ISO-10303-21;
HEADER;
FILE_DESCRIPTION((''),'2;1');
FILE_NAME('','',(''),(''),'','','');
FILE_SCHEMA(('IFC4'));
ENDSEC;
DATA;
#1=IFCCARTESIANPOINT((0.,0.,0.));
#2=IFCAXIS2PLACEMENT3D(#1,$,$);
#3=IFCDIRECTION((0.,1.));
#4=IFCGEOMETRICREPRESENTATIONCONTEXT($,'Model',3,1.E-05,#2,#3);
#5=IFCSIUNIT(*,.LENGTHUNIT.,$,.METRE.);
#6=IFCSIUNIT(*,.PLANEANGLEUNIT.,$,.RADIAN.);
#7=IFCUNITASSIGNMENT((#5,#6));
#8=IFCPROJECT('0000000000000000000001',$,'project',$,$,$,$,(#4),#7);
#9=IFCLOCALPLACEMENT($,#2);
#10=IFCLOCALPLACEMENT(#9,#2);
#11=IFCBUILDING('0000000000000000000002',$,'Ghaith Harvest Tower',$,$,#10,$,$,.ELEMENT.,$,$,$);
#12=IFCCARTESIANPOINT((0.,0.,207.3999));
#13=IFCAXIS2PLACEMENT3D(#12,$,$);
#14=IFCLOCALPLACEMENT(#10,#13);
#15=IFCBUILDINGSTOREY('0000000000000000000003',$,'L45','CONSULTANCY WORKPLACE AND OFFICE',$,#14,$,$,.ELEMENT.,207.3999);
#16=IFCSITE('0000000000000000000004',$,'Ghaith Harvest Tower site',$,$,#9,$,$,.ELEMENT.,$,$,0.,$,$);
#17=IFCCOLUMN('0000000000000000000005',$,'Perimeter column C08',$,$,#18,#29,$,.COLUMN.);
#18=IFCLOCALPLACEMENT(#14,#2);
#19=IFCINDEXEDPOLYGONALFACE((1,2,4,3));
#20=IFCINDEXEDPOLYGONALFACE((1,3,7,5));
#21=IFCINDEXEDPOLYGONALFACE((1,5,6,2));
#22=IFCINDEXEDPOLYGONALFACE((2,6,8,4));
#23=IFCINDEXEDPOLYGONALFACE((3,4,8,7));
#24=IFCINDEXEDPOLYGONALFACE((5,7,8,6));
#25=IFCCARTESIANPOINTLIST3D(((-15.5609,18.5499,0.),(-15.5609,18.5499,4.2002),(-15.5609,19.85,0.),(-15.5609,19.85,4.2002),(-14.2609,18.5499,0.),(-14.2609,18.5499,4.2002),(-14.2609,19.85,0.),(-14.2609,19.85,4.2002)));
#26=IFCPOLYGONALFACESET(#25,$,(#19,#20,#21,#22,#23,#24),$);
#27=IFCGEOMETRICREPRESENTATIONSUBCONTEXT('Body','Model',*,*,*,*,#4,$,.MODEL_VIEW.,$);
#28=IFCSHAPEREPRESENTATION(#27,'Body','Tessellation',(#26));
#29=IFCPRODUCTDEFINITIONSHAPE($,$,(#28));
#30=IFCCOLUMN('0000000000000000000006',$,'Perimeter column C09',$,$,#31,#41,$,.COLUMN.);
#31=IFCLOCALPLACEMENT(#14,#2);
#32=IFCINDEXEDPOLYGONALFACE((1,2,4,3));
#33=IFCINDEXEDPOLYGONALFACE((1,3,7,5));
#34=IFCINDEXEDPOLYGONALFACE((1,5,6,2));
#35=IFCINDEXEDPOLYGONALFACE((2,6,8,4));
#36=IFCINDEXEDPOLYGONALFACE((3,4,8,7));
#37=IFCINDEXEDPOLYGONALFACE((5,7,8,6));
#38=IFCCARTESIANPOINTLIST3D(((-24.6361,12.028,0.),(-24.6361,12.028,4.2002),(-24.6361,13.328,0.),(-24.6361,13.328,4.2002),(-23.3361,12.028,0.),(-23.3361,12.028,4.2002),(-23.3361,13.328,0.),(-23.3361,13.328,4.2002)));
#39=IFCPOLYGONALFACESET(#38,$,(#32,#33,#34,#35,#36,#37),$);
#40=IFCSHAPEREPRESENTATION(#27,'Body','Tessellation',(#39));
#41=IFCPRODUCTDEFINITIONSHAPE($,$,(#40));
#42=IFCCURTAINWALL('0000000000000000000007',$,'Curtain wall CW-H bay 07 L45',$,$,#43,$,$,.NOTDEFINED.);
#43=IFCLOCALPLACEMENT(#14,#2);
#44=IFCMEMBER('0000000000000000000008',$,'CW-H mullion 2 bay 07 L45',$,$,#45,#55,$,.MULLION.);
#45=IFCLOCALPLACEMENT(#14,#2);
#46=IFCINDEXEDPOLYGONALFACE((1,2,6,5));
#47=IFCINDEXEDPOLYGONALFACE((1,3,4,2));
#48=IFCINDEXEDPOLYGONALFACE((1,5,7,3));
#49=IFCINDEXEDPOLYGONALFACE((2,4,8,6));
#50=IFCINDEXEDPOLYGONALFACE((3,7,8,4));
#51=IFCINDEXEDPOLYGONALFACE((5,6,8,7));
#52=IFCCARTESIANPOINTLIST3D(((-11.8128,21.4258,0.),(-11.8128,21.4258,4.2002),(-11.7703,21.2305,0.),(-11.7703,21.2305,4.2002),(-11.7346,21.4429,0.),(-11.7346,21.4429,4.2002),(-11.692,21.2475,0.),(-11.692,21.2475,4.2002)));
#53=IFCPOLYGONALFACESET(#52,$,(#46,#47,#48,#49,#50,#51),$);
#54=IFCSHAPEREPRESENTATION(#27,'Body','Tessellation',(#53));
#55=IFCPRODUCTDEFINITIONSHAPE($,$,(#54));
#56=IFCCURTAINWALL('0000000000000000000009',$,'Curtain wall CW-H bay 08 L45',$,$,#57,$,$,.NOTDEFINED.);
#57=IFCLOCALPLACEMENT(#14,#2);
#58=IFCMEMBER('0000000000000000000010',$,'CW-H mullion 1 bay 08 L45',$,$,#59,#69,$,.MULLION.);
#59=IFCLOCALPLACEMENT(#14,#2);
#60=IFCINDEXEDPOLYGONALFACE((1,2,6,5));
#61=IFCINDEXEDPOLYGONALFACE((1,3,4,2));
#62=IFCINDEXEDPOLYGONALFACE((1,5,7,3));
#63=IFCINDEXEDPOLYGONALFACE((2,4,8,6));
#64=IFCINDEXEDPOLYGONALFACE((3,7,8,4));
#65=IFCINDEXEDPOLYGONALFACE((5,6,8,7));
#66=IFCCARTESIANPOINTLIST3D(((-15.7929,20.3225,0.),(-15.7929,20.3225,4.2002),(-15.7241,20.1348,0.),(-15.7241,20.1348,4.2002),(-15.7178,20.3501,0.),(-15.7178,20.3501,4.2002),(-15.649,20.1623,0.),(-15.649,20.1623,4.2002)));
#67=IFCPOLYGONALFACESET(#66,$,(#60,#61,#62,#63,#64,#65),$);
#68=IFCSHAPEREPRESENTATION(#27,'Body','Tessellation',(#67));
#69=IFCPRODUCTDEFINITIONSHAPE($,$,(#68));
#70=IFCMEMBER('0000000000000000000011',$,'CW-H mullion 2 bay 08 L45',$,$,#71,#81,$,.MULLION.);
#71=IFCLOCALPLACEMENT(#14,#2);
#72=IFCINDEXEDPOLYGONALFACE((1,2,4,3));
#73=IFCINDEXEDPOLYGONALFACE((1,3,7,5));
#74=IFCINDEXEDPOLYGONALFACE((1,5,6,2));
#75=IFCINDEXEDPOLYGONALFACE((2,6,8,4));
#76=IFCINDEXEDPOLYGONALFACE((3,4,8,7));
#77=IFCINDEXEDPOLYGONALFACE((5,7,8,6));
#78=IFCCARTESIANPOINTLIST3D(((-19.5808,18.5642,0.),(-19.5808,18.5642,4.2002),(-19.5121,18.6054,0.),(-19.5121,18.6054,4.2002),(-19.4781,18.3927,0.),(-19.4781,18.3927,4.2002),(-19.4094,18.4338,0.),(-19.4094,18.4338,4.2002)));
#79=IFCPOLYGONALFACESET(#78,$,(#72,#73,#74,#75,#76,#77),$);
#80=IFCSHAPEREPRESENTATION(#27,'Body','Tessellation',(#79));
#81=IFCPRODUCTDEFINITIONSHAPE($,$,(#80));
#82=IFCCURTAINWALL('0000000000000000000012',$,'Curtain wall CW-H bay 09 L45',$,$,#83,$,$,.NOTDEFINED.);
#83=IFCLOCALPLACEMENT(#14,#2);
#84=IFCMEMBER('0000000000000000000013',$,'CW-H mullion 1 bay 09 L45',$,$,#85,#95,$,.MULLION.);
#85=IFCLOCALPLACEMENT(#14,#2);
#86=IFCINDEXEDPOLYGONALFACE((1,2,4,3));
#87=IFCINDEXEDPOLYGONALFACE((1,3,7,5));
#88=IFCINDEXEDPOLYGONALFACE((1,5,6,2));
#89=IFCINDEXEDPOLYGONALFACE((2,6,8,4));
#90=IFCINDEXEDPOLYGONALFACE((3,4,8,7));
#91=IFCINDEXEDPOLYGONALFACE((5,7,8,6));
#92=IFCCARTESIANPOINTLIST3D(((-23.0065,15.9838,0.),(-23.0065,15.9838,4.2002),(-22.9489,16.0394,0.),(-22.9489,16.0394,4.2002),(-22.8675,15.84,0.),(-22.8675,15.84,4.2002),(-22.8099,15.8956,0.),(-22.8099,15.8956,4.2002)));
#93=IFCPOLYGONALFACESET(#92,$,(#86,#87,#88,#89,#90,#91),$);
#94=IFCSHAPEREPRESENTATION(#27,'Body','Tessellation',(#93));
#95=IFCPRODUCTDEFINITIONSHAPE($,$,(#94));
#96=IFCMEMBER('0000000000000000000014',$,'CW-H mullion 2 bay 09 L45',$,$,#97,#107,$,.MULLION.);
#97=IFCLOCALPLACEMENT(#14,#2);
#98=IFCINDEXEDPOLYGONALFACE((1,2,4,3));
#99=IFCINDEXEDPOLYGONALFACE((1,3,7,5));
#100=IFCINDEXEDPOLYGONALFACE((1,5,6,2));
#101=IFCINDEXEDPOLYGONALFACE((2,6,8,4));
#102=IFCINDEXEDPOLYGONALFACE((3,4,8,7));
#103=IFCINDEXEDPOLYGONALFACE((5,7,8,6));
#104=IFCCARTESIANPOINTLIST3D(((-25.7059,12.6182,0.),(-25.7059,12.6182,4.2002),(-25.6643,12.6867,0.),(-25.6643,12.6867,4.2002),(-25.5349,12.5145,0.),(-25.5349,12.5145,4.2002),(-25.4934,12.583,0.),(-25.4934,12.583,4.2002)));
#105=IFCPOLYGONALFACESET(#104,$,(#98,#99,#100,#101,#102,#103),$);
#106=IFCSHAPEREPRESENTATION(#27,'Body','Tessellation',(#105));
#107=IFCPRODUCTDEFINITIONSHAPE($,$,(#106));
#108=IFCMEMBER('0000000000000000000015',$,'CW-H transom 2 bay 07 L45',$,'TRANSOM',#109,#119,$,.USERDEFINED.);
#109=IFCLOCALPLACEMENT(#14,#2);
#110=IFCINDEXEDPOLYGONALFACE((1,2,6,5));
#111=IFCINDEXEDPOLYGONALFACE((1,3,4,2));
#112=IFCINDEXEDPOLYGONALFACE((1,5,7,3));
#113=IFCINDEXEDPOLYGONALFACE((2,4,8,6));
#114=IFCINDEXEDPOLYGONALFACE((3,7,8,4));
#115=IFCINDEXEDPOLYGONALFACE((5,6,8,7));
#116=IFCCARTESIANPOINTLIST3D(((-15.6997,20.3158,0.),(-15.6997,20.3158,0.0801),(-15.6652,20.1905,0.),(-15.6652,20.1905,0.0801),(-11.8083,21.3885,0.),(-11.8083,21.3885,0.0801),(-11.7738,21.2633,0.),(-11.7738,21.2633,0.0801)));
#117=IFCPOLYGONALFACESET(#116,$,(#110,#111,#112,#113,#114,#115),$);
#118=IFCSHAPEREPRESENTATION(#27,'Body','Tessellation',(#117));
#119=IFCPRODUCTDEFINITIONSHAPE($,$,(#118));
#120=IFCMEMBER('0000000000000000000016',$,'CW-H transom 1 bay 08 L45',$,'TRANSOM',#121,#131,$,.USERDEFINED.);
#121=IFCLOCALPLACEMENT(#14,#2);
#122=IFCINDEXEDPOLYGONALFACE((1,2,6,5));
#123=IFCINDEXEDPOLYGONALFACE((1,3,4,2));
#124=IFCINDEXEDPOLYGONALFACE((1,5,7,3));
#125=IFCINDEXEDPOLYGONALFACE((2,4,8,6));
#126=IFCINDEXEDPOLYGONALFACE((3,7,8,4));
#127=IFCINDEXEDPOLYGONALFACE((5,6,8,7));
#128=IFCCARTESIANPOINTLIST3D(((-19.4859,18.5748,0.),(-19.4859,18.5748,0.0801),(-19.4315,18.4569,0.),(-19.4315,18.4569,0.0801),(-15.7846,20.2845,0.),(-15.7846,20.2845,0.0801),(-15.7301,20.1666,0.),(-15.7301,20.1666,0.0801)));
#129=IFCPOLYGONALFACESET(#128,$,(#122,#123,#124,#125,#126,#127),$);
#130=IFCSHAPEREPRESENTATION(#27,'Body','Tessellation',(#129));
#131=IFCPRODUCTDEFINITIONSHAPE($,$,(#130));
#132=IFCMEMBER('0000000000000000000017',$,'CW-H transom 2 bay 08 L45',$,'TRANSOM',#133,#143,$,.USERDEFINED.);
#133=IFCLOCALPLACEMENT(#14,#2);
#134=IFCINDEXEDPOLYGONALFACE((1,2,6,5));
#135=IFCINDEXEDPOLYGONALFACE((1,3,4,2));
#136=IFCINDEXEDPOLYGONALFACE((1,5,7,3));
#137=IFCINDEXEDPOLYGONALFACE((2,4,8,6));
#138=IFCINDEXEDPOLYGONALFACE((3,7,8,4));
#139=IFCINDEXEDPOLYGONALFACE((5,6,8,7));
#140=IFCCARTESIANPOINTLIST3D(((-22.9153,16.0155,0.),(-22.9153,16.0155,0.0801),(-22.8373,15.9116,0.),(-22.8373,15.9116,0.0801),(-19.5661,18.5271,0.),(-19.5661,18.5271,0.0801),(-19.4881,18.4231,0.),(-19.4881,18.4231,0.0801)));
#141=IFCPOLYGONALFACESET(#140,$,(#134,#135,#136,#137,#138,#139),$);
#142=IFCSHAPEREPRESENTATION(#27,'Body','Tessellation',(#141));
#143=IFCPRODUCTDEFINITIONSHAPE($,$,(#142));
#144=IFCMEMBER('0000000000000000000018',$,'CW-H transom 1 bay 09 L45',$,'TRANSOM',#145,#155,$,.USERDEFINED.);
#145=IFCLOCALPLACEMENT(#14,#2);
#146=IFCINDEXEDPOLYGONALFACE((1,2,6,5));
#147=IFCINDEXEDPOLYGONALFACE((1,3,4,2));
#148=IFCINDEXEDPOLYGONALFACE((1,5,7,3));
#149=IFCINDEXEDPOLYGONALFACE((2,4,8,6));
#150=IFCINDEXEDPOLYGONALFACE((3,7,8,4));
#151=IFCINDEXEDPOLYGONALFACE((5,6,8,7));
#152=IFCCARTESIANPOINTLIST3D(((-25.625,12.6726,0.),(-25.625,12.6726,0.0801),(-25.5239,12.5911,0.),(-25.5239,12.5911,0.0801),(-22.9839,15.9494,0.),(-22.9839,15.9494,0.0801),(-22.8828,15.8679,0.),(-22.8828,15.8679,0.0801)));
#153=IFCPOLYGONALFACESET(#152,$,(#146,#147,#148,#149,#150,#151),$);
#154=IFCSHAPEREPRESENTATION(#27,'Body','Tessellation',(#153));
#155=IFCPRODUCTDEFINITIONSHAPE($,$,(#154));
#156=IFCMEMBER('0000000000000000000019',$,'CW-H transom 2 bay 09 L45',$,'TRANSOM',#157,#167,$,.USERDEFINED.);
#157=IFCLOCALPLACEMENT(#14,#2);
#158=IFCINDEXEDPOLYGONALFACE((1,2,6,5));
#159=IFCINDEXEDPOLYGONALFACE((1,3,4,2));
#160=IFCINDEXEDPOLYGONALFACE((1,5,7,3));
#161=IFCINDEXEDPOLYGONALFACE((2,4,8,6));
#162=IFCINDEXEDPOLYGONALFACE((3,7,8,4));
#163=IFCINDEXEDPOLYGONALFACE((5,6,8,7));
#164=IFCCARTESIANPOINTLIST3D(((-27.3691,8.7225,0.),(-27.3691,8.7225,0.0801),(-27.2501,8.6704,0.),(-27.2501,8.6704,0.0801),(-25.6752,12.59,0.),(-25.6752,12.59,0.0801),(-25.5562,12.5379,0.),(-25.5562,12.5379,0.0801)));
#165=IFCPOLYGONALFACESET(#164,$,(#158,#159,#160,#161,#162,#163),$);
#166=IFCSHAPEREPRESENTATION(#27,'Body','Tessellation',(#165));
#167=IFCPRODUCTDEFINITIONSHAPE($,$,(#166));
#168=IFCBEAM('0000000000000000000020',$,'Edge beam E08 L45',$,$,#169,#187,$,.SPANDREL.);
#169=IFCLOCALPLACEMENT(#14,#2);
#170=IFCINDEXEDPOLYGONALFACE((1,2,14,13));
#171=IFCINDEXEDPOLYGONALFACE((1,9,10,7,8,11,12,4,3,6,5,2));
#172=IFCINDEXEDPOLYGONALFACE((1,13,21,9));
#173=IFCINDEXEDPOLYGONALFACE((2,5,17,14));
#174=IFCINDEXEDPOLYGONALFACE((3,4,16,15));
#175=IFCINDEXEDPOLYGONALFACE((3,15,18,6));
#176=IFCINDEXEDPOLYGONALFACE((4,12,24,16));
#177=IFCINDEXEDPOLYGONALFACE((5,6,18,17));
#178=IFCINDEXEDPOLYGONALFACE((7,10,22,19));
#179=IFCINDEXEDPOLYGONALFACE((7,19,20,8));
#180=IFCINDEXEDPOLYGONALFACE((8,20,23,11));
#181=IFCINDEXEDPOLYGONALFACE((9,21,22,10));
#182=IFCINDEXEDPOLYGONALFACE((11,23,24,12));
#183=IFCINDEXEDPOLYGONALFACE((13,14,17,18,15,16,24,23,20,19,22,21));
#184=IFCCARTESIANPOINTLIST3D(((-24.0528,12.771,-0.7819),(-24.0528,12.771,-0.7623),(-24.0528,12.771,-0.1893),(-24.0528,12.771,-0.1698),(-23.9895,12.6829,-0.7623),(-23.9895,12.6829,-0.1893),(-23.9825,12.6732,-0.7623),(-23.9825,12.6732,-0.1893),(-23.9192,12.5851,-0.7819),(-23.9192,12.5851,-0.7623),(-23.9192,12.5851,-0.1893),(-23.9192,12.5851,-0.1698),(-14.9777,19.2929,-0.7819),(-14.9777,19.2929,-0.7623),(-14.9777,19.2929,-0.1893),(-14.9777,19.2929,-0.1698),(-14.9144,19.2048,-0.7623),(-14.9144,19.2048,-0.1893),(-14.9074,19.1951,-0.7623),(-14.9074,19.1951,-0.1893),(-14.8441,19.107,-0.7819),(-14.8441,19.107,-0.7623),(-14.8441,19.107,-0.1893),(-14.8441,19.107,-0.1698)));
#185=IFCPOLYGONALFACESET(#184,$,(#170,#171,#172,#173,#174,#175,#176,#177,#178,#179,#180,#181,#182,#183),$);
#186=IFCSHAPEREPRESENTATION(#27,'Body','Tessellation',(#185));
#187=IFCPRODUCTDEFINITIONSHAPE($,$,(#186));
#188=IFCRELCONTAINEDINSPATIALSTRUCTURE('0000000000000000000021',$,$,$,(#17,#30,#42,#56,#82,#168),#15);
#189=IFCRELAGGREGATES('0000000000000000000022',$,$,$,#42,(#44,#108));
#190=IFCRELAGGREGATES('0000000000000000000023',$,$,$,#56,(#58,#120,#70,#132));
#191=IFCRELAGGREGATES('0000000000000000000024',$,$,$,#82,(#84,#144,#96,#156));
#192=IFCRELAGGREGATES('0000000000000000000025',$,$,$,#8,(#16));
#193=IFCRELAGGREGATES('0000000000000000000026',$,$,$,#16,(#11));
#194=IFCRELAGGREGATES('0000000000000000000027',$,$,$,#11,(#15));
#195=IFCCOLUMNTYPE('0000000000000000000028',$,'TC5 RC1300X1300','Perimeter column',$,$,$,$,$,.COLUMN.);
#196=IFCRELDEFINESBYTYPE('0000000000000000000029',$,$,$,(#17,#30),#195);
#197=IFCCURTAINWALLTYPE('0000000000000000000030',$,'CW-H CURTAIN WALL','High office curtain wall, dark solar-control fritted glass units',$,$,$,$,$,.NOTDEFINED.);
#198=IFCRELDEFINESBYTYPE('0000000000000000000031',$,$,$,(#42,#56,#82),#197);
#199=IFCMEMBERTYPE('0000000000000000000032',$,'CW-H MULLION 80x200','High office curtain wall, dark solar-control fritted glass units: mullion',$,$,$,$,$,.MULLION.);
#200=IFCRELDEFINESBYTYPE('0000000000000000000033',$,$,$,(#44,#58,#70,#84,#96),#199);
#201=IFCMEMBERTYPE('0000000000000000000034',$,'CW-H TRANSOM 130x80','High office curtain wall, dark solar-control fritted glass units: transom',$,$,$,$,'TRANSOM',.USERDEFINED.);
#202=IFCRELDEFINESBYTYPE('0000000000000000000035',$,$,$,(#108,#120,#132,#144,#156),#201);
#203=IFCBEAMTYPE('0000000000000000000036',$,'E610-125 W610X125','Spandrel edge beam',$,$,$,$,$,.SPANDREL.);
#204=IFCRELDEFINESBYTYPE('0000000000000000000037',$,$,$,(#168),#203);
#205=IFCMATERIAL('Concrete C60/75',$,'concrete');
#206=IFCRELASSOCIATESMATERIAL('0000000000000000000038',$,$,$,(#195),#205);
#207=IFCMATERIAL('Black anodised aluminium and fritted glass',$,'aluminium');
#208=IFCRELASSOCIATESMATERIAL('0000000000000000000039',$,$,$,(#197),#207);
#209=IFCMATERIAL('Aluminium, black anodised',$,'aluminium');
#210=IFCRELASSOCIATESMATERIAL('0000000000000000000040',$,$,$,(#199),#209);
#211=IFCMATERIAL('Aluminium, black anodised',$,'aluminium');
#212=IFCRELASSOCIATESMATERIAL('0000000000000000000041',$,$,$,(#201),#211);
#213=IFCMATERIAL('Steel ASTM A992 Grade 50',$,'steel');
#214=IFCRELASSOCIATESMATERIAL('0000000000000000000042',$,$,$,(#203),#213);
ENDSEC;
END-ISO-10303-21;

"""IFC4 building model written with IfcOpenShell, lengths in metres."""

from ifc_helpers import new_model, si_unit, direction, frame, origin, origin_2d, place, context, subcontext, project, spatial, rectangle, i_section, extrude, material, material_profile, profile_set, type_object, element, aggregate, save


model = new_model("IFC4")

# Units and contexts
model_context = context("Model", 3, precision=1e-05, world=origin(), true_north=direction((0.0, 1.0)))
body_context = subcontext(model_context, "Body", "Model", "MODEL_VIEW")
ifc_project = project(units=[si_unit("LENGTHUNIT", "METRE"), si_unit("PLANEANGLEUNIT", "RADIAN")], contexts=[model_context])

# Site, building, storey
site_placement = place(None, origin())
site = spatial("IfcSite", under=ifc_project, at=site_placement, Name="Ghaith Harvest Tower site", CompositionType="ELEMENT", RefElevation=0.0)
building_placement = place(site_placement, origin())
building = spatial("IfcBuilding", under=site, at=building_placement, Name="Ghaith Harvest Tower", CompositionType="ELEMENT")
storey_placement = place(building_placement, frame((0.0, 0.0, 207.3999)))
storey = spatial("IfcBuildingStorey", under=building, at=storey_placement, Name="L45", Description="CONSULTANCY WORKPLACE AND OFFICE", CompositionType="ELEMENT", Elevation=207.3999)

# Columns
ifc_material_1 = material(Name="Concrete C60/75", Category="concrete")
ifc_material_profile_1 = material_profile(ifc_material_1, rectangle(XDim=1.3, YDim=1.3, at=origin_2d()), Name="RC1300X1300")
ifc_profile_set_1 = profile_set([ifc_material_profile_1], Name="Concrete C60/75")
column_type = type_object("IfcColumnType", Name="TC5 RC1300X1300", Description="Perimeter column", PredefinedType="COLUMN", material=ifc_profile_set_1)
for number, where, z_axis, x_axis, name in (
    (1, (-14.9109, 19.2, 0.0), (0.0, 0.0, 1.0), (1.0, 0.0, 0.0), "Perimeter column C08"),
    (2, (-23.9861, 12.678, 0.0), (0.0, 0.0, 1.0), (1.0, 0.0, 0.0), "Perimeter column C09"),
):
    element("IfcColumn", number, at=place(storey_placement, frame(where, z_axis=z_axis, x_axis=x_axis)), inside=storey, type_object=column_type, Name=name, PredefinedType="COLUMN", context=body_context, shape_type="SweptSolid", body=[
        extrude(rectangle(XDim=1.3, YDim=1.3, at=origin_2d()), origin(), (0.0, 0.0, 1.0), 4.2002),
    ])

# Curtain wall, member
ifc_material_2 = material(Name="Black anodised aluminium and fritted glass", Category="aluminium")
curtain_wall_type = type_object("IfcCurtainWallType", Name="CW-H CURTAIN WALL", Description="High office curtain wall, dark solar-control fritted glass units", PredefinedType="NOTDEFINED", material=ifc_material_2)
curtain_wall_1_placement = place(storey_placement, origin())
curtain_wall_1 = element("IfcCurtainWall", 3, at=curtain_wall_1_placement, inside=storey, type_object=curtain_wall_type, Name="Curtain wall CW-H bay 07 L45", PredefinedType="NOTDEFINED")
ifc_material_3 = material(Name="Aluminium, black anodised", Category="aluminium")
ifc_material_profile_2 = material_profile(ifc_material_3, rectangle(XDim=0.0801, YDim=0.2, at=origin_2d()), Name="CW-H MULLION 80x200")
ifc_profile_set_2 = profile_set([ifc_material_profile_2], Name="Aluminium, black anodised")
member_type_1 = type_object("IfcMemberType", Name="CW-H MULLION 80x200", Description="High office curtain wall, dark solar-control fritted glass units: mullion", PredefinedType="MULLION", material=ifc_profile_set_2)
member_1_placement = place(storey_placement, frame((-11.7524, 21.3367, 0.0), z_axis=(0.0, 0.0, 1.0), x_axis=(-0.977086, -0.212843, 0.0)))
member_1 = element("IfcMember", 4, at=member_1_placement, type_object=member_type_1, Name="CW-H mullion 2 bay 07 L45", PredefinedType="MULLION", context=body_context, shape_type="SweptSolid", body=[
    extrude(rectangle(XDim=0.0801, YDim=0.2, at=origin_2d()), origin(), (0.0, 0.0, 1.0), 4.2002),
])

# Curtain walls, members
curtain_wall_2_placement = place(storey_placement, origin())
curtain_wall_2 = element("IfcCurtainWall", 5, at=curtain_wall_2_placement, inside=storey, type_object=curtain_wall_type, Name="Curtain wall CW-H bay 08 L45", PredefinedType="NOTDEFINED")
member_2_placement = place(storey_placement, frame((-15.7209, 20.2424, 0.0), z_axis=(0.0, 0.0, 1.0), x_axis=(-0.938931, -0.344106, 0.0)))
member_2 = element("IfcMember", 6, at=member_2_placement, type_object=member_type_1, Name="CW-H mullion 1 bay 08 L45", PredefinedType="MULLION", context=body_context, shape_type="SweptSolid", body=[
    extrude(rectangle(XDim=0.0801, YDim=0.2, at=origin_2d()), origin(), (0.0, 0.0, 1.0), 4.2002),
])
member_3_placement = place(storey_placement, frame((-19.4951, 18.499, 0.0), z_axis=(0.0, 0.0, 1.0), x_axis=(-0.857999, -0.513652, 0.0)))
member_3 = element("IfcMember", 7, at=member_3_placement, type_object=member_type_1, Name="CW-H mullion 2 bay 08 L45", PredefinedType="MULLION", context=body_context, shape_type="SweptSolid", body=[
    extrude(rectangle(XDim=0.0801, YDim=0.2, at=origin_2d()), origin(), (0.0, 0.0, 1.0), 4.2002),
])
curtain_wall_3_placement = place(storey_placement, origin())
curtain_wall_3 = element("IfcCurtainWall", 8, at=curtain_wall_3_placement, inside=storey, type_object=curtain_wall_type, Name="Curtain wall CW-H bay 09 L45", PredefinedType="NOTDEFINED")
member_4_placement = place(storey_placement, frame((-22.9082, 15.9397, 0.0), z_axis=(0.0, 0.0, 1.0), x_axis=(-0.719146, -0.694859, 0.0)))
member_4 = element("IfcMember", 9, at=member_4_placement, type_object=member_type_1, Name="CW-H mullion 1 bay 09 L45", PredefinedType="MULLION", context=body_context, shape_type="SweptSolid", body=[
    extrude(rectangle(XDim=0.0801, YDim=0.2, at=origin_2d()), origin(), (0.0, 0.0, 1.0), 4.2002),
])
member_5_placement = place(storey_placement, frame((-25.5996, 12.6006, 0.0), z_axis=(0.0, 0.0, 1.0), x_axis=(-0.518769, -0.854914, 0.0)))
member_5 = element("IfcMember", 10, at=member_5_placement, type_object=member_type_1, Name="CW-H mullion 2 bay 09 L45", PredefinedType="MULLION", context=body_context, shape_type="SweptSolid", body=[
    extrude(rectangle(XDim=0.0801, YDim=0.2, at=origin_2d()), origin(), (0.0, 0.0, 1.0), 4.2002),
])

# Members
ifc_material_4 = material(Name="Aluminium, black anodised", Category="aluminium")
ifc_material_profile_3 = material_profile(ifc_material_4, rectangle(XDim=0.1299, YDim=0.0801, at=origin_2d()), Name="CW-H TRANSOM 130x80")
ifc_profile_set_3 = profile_set([ifc_material_profile_3], Name="Aluminium, black anodised")
member_type_2 = type_object("IfcMemberType", Name="CW-H TRANSOM 130x80", Description="High office curtain wall, dark solar-control fritted glass units: transom", ElementType="TRANSOM", PredefinedType="USERDEFINED", material=ifc_profile_set_3)
member_6_placement = place(storey_placement, frame((-11.791, 21.3259, 0.04), z_axis=(-0.964039, -0.265762, 0.0), x_axis=(0.265762, -0.964039, 0.0)))
member_6 = element("IfcMember", 11, at=member_6_placement, type_object=member_type_2, Name="CW-H transom 2 bay 07 L45", ObjectType="TRANSOM", PredefinedType="USERDEFINED", context=body_context, shape_type="SweptSolid", body=[
    extrude(rectangle(XDim=0.1299, YDim=0.0801, at=origin_2d()), origin(), (0.0, 0.0, 1.0), 4.0366),
])
member_7_placement = place(storey_placement, frame((-15.7573, 20.2256, 0.04), z_axis=(-0.907831, -0.419335, 0.0), x_axis=(0.419335, -0.907831, 0.0)))
member_7 = element("IfcMember", 12, at=member_7_placement, type_object=member_type_2, Name="CW-H transom 1 bay 08 L45", ObjectType="TRANSOM", PredefinedType="USERDEFINED", context=body_context, shape_type="SweptSolid", body=[
    extrude(rectangle(XDim=0.1299, YDim=0.0801, at=origin_2d()), origin(), (0.0, 0.0, 1.0), 4.0771),
])
member_8_placement = place(storey_placement, frame((-19.5271, 18.4751, 0.04), z_axis=(-0.800042, -0.599944, 0.0), x_axis=(0.599944, -0.800042, 0.0)))
member_8 = element("IfcMember", 13, at=member_8_placement, type_object=member_type_2, Name="CW-H transom 2 bay 08 L45", ObjectType="TRANSOM", PredefinedType="USERDEFINED", context=body_context, shape_type="SweptSolid", body=[
    extrude(rectangle(XDim=0.1299, YDim=0.0801, at=origin_2d()), origin(), (0.0, 0.0, 1.0), 4.1863),
])
member_9_placement = place(storey_placement, frame((-22.9333, 15.9087, 0.04), z_axis=(-0.627535, -0.778589, 0.0), x_axis=(0.778589, -0.627535, 0.0)))
member_9 = element("IfcMember", 14, at=member_9_placement, type_object=member_type_2, Name="CW-H transom 1 bay 09 L45", ObjectType="TRANSOM", PredefinedType="USERDEFINED", context=body_context, shape_type="SweptSolid", body=[
    extrude(rectangle(XDim=0.1299, YDim=0.0801, at=origin_2d()), origin(), (0.0, 0.0, 1.0), 4.2087),
])
member_10_placement = place(storey_placement, frame((-25.6157, 12.564, 0.04), z_axis=(-0.401186, -0.915997, 0.0), x_axis=(0.915997, -0.401186, 0.0)))
member_10 = element("IfcMember", 15, at=member_10_placement, type_object=member_type_2, Name="CW-H transom 2 bay 09 L45", ObjectType="TRANSOM", PredefinedType="USERDEFINED", context=body_context, shape_type="SweptSolid", body=[
    extrude(rectangle(XDim=0.1299, YDim=0.0801, at=origin_2d()), origin(), (0.0, 0.0, 1.0), 4.2222),
])

# Beam
ifc_material_5 = material(Name="Steel ASTM A992 Grade 50", Category="steel")
ifc_material_profile_4 = material_profile(ifc_material_5, i_section(OverallWidth=0.229, OverallDepth=0.6121, WebThickness=0.012, FlangeThickness=0.0195, at=origin_2d()), Name="W610X125")
ifc_profile_set_4 = profile_set([ifc_material_profile_4], Name="Steel ASTM A992 Grade 50")
beam_type_1 = type_object("IfcBeamType", Name="E610-125 W610X125", Description="Spandrel edge beam", PredefinedType="SPANDREL", material=ifc_profile_set_4)
beam_1_placement = place(storey_placement, frame((-14.9109, 19.2, -0.4758), z_axis=(-0.81205, -0.583587, 0.0), x_axis=(0.583587, -0.81205, 0.0)))
element("IfcBeam", 16, at=beam_1_placement, inside=storey, type_object=beam_type_1, Name="Edge beam E08 L45", PredefinedType="SPANDREL", context=body_context, shape_type="SweptSolid", body=[
    extrude(i_section(OverallWidth=0.229, OverallDepth=0.6121, WebThickness=0.012, FlangeThickness=0.0195, at=origin_2d()), origin(), (0.0, 0.0, 1.0), 11.1755),
])

aggregate(curtain_wall_1, [member_1, member_6])
aggregate(curtain_wall_2, [member_2, member_7, member_3, member_8])
aggregate(curtain_wall_3, [member_4, member_9, member_5, member_10])

save(model, "model.ifc")
